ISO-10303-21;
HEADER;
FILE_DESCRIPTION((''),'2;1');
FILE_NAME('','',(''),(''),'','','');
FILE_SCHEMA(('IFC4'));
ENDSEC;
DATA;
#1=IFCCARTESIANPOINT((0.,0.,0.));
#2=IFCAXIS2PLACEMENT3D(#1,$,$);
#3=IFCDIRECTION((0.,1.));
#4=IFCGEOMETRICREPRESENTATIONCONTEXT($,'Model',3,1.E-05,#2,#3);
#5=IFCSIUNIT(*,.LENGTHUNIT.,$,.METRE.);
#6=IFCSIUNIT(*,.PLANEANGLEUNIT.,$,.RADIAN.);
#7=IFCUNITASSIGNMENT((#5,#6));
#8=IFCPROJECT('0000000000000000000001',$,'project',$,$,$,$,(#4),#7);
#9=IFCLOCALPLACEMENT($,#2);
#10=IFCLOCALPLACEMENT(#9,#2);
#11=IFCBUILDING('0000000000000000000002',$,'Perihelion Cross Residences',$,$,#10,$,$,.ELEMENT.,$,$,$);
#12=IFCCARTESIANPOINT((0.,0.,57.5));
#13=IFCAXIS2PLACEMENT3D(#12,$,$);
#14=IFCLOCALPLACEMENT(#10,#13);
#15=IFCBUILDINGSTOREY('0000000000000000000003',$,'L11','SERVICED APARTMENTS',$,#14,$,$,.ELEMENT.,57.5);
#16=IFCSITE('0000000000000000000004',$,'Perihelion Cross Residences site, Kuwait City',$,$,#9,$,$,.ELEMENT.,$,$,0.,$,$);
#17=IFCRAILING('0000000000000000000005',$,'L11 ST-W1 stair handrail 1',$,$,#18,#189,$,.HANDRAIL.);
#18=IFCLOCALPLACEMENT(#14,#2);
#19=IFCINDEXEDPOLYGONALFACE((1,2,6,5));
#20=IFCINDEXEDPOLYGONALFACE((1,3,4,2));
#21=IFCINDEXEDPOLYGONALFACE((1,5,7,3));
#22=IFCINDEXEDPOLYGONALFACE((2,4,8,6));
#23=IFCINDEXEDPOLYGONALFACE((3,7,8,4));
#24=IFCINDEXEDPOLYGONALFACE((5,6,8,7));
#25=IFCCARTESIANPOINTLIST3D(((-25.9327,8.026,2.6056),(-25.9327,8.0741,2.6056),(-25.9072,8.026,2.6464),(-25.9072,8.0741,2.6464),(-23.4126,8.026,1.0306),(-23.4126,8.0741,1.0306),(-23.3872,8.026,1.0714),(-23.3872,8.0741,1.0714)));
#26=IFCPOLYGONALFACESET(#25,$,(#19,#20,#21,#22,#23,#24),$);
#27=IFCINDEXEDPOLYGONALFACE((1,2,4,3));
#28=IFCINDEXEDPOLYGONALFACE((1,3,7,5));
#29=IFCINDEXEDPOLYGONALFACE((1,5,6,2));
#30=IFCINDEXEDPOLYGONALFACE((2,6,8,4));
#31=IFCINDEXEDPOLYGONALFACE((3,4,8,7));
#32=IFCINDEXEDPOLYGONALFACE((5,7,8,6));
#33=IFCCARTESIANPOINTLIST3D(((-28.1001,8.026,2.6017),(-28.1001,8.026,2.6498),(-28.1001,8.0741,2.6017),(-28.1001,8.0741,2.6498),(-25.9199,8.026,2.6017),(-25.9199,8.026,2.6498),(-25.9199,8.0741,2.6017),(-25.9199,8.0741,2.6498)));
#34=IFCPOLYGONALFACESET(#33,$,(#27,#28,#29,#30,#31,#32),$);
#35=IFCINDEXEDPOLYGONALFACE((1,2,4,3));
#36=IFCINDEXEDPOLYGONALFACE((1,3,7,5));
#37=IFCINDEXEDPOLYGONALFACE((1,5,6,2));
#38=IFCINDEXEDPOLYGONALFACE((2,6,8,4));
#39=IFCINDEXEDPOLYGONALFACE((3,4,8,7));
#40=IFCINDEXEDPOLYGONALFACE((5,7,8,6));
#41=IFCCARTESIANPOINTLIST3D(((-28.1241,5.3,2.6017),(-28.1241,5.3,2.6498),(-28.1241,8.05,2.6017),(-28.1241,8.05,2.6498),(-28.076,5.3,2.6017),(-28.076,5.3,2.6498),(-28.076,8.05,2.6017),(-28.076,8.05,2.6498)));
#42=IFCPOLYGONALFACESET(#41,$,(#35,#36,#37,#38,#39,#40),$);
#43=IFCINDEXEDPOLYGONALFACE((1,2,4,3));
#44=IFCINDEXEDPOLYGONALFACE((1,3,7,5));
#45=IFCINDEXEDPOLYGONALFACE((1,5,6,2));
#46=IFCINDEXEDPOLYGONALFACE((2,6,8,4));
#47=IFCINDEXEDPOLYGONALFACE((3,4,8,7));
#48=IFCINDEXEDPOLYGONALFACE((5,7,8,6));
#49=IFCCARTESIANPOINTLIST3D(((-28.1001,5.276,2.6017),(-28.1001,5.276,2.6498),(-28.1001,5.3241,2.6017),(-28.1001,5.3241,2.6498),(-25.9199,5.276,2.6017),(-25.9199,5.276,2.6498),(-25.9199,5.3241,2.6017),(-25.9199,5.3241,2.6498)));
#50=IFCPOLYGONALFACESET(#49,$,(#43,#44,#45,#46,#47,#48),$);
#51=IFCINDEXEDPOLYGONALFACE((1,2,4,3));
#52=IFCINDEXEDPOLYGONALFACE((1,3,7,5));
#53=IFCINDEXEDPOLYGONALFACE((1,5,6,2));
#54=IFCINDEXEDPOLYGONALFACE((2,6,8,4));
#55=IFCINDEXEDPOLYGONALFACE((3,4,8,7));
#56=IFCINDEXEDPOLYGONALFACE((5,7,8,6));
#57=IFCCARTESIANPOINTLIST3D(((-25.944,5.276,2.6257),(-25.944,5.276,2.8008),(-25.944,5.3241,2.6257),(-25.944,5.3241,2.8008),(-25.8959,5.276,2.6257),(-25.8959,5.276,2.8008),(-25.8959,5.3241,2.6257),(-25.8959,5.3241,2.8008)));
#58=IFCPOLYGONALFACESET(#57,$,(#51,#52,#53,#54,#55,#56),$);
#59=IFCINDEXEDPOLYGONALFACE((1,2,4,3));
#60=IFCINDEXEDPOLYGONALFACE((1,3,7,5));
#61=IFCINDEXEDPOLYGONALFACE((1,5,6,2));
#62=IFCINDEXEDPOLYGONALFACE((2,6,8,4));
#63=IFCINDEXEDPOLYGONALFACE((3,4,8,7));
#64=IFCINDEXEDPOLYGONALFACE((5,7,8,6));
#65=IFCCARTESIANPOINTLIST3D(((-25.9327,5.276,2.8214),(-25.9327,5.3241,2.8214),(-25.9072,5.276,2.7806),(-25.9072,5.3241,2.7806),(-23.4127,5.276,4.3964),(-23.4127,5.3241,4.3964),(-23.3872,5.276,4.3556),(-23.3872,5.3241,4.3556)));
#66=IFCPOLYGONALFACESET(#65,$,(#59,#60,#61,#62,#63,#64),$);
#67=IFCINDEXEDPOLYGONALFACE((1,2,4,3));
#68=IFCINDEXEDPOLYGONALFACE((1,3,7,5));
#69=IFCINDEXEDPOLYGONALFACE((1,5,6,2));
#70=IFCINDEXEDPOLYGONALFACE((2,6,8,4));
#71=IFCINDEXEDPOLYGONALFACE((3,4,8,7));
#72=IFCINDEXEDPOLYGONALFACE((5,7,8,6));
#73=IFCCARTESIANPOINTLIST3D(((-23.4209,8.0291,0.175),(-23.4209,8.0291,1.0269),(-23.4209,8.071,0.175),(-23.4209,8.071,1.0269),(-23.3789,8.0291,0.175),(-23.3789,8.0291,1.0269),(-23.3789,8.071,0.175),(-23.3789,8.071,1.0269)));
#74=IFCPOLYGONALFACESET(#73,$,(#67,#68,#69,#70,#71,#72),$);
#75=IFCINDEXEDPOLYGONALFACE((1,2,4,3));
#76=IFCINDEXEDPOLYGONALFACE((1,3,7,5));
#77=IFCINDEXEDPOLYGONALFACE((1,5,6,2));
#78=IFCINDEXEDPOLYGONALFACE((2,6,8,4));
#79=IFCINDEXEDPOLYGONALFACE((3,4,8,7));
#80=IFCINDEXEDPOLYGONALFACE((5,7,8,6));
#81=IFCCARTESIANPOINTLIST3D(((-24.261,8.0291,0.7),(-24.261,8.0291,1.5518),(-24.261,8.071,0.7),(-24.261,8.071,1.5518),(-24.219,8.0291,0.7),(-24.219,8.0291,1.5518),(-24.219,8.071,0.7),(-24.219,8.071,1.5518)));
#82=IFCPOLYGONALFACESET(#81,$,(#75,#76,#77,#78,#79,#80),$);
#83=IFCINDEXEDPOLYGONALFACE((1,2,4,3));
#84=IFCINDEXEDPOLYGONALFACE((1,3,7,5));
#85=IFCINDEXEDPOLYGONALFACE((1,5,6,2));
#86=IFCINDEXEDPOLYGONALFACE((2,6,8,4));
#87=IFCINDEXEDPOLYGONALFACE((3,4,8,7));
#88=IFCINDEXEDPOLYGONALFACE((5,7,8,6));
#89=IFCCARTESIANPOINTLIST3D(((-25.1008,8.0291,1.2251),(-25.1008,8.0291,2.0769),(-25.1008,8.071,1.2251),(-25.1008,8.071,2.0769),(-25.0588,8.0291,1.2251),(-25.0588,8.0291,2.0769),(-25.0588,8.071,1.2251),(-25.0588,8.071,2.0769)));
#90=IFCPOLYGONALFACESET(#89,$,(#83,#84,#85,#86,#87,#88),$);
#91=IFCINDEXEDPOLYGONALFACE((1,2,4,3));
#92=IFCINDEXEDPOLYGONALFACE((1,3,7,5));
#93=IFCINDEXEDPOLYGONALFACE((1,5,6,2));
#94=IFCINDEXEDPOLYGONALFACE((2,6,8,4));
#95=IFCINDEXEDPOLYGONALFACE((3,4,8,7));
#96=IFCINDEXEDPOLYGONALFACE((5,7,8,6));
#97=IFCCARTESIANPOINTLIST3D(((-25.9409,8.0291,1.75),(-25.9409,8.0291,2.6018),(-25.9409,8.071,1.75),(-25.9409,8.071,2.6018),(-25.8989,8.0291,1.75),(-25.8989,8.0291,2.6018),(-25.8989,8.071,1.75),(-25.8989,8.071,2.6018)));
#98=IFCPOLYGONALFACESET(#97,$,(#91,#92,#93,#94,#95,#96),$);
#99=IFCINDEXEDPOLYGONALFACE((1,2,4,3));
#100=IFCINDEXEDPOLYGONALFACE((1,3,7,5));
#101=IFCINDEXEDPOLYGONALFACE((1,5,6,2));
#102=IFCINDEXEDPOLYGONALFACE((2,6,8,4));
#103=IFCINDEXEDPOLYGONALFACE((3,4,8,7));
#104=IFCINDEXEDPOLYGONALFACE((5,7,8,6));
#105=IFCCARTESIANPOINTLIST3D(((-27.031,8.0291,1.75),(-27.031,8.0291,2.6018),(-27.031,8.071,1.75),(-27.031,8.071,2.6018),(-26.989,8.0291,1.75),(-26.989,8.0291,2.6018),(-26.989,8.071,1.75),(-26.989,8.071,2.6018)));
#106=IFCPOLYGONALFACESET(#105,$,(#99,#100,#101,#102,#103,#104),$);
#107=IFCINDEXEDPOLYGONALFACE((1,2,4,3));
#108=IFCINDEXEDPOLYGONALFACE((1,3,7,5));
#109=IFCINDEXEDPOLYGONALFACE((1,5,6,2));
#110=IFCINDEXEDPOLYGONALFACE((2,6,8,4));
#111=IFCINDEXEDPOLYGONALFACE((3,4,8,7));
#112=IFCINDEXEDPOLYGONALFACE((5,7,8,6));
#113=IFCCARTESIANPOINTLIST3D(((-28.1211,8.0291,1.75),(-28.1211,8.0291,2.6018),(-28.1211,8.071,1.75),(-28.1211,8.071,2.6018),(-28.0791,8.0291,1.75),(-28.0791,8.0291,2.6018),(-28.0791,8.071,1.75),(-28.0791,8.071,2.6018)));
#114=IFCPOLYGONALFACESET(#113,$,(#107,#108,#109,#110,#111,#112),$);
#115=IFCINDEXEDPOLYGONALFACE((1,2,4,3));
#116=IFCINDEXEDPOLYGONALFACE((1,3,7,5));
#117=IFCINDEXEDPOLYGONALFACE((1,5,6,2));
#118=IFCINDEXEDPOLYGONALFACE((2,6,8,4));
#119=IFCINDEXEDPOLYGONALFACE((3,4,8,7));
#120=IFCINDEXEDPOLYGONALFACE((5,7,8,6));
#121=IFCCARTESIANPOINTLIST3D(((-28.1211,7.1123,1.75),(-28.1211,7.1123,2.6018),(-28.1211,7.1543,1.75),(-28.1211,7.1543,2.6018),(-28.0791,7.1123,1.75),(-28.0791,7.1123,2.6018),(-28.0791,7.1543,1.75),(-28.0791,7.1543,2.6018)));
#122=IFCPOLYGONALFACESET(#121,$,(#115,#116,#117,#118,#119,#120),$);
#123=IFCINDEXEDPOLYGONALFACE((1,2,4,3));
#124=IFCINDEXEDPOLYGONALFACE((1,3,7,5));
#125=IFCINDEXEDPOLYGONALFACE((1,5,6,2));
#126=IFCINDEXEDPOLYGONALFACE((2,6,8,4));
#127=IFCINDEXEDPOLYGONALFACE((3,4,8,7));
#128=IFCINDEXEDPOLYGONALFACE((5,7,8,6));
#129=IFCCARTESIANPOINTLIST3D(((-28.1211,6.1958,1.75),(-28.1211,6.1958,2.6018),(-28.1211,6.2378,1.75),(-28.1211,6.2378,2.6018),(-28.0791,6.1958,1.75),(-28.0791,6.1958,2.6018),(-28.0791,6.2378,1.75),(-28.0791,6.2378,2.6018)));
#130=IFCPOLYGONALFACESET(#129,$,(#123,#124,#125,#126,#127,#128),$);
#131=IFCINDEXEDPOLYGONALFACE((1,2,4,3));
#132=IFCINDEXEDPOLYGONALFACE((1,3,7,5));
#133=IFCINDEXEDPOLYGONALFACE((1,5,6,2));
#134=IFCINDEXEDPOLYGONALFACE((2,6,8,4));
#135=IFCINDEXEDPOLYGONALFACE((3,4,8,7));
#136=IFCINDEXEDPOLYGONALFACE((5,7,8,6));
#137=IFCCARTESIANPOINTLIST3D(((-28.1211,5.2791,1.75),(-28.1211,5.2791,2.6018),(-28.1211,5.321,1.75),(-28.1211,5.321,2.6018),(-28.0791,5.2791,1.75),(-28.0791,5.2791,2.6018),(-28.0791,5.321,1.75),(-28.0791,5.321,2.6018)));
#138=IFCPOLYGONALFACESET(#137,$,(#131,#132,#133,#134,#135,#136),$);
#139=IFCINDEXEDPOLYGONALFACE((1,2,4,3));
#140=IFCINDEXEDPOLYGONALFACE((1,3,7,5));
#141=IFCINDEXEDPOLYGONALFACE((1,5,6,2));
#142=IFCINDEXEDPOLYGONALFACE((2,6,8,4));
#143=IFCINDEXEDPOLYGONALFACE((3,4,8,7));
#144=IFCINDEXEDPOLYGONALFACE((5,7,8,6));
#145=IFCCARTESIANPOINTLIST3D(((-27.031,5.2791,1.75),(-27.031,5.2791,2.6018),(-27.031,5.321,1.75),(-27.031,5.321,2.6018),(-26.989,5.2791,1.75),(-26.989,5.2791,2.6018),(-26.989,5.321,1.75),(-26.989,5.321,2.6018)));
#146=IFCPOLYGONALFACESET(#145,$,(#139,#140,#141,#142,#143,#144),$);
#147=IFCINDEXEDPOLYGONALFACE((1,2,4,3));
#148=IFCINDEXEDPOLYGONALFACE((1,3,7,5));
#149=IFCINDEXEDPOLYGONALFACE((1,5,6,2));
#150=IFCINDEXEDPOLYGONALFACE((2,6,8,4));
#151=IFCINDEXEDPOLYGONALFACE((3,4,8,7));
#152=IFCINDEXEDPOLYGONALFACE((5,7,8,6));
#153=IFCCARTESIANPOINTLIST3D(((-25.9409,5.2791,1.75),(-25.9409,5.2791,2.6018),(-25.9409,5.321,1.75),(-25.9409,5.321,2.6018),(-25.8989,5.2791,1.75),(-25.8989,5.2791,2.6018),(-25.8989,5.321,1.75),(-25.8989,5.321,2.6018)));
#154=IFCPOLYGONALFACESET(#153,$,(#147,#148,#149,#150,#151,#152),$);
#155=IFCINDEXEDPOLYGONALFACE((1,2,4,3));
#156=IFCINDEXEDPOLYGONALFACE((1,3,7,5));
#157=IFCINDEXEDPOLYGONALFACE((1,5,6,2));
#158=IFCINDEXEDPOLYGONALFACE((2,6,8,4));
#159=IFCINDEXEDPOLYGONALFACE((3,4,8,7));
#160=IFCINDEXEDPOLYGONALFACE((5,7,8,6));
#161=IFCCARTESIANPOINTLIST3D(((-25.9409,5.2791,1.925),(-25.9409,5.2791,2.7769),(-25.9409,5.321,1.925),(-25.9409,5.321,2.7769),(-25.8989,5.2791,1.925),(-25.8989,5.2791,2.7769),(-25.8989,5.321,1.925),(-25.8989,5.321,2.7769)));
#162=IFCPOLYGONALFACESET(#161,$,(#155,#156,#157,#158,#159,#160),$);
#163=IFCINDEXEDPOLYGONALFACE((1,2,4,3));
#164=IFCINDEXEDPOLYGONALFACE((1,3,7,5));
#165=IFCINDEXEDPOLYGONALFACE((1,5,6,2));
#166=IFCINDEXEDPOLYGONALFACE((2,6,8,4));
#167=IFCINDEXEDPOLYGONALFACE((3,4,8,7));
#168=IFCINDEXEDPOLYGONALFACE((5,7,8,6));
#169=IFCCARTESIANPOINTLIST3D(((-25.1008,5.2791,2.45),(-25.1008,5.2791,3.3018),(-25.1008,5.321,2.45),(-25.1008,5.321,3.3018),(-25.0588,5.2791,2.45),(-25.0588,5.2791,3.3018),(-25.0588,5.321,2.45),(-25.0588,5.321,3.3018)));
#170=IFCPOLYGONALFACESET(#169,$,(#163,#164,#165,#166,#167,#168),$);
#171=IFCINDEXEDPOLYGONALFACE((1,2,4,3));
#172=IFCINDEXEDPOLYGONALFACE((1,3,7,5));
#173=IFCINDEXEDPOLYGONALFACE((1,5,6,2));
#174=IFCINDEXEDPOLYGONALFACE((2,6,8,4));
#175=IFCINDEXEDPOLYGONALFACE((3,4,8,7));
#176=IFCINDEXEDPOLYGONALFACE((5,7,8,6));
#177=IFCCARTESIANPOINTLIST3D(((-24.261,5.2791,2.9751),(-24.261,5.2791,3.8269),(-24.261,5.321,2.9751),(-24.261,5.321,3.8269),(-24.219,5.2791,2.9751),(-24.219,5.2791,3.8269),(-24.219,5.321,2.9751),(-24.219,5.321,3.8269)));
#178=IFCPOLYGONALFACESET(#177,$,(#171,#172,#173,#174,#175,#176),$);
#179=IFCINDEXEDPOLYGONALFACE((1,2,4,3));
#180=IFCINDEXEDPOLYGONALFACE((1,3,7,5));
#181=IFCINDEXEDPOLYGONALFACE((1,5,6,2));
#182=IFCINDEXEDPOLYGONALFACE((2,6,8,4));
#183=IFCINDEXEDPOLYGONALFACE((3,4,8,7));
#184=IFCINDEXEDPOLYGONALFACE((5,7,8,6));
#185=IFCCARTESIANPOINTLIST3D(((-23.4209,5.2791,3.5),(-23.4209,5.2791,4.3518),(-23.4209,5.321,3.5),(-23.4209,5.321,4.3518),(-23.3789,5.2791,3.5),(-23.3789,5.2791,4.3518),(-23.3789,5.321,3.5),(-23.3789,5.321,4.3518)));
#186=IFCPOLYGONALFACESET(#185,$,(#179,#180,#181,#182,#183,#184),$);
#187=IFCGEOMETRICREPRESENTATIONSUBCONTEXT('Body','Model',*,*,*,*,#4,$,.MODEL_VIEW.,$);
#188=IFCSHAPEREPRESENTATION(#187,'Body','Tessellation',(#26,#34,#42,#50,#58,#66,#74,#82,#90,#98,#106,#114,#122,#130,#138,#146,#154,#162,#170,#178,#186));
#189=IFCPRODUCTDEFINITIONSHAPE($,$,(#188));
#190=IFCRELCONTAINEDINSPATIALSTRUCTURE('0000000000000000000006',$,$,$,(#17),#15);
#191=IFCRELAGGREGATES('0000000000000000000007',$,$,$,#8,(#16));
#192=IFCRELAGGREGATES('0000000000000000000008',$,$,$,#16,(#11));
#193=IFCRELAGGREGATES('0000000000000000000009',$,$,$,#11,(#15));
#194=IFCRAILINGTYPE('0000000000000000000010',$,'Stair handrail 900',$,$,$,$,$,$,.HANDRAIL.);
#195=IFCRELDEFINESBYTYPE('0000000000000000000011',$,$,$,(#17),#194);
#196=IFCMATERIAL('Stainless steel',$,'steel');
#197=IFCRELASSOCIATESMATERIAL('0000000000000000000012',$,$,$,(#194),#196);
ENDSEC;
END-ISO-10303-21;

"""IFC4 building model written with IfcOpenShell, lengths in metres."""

from ifc_helpers import new_model, si_unit, direction, frame, origin, origin_2d, place, context, subcontext, project, spatial, rectangle, extrude, material, type_object, element, save


model = new_model("IFC4")

# Units and contexts
model_context = context("Model", 3, precision=1e-05, world=origin(), true_north=direction((0.0, 1.0)))
body_context = subcontext(model_context, "Body", "Model", "MODEL_VIEW")
ifc_project = project(units=[si_unit("LENGTHUNIT", "METRE"), si_unit("PLANEANGLEUNIT", "RADIAN")], contexts=[model_context])

# Site, building, storey
site_placement = place(None, origin())
site = spatial("IfcSite", under=ifc_project, at=site_placement, Name="Perihelion Cross Residences site, Kuwait City", CompositionType="ELEMENT", RefElevation=0.0)
building_placement = place(site_placement, origin())
building = spatial("IfcBuilding", under=site, at=building_placement, Name="Perihelion Cross Residences", CompositionType="ELEMENT")
storey_placement = place(building_placement, frame((0.0, 0.0, 57.5)))
storey = spatial("IfcBuildingStorey", under=building, at=storey_placement, Name="L11", Description="SERVICED APARTMENTS", CompositionType="ELEMENT", Elevation=57.5)

# Railing
ifc_material_1 = material(Name="Stainless steel", Category="steel")
railing_type_1 = type_object("IfcRailingType", Name="Stair handrail 900", PredefinedType="HANDRAIL", material=ifc_material_1)
railing_1_placement = place(storey_placement, frame((-23.3999, 8.05, 0.175)))
element("IfcRailing", 1, at=railing_1_placement, inside=storey, type_object=railing_type_1, Name="L11 ST-W1 stair handrail 1", PredefinedType="HANDRAIL", context=body_context, shape_type="SweptSolid", body=[
    extrude(rectangle(XDim=0.0481, YDim=0.0481, at=origin_2d()), frame((0.0, 0.0, 0.876), z_axis=(-0.848008, 0.0, 0.529984), x_axis=(0.0, -1.0, 0.0)), (0.0, 0.0, 1.0), 2.9717),
    extrude(rectangle(XDim=0.0481, YDim=0.0481, at=origin_2d()), frame((-2.52, 0.0, 2.4507), z_axis=(-1.0, 0.0, 0.0), x_axis=(0.0, -1.0, 0.0)), (0.0, 0.0, 1.0), 2.1802),
    extrude(rectangle(XDim=0.0481, YDim=0.0481, at=origin_2d()), frame((-4.7002, 0.0, 2.4507), z_axis=(0.0, -1.0, 0.0), x_axis=(1.0, 0.0, 0.0)), (0.0, 0.0, 1.0), 2.75),
    extrude(rectangle(XDim=0.0481, YDim=0.0481, at=origin_2d()), frame((-4.7002, -2.75, 2.4507), z_axis=(1.0, 0.0, 0.0), x_axis=(0.0, 1.0, 0.0)), (0.0, 0.0, 1.0), 2.1802),
    extrude(rectangle(XDim=0.0481, YDim=0.0481, at=origin_2d()), frame((-2.52, -2.75, 2.4507), z_axis=(0.0, 0.0, 1.0), x_axis=(1.0, 0.0, 0.0)), (0.0, 0.0, 1.0), 0.175),
    extrude(rectangle(XDim=0.0481, YDim=0.0481, at=origin_2d()), frame((-2.52, -2.75, 2.626), z_axis=(0.848008, 0.0, 0.529984), x_axis=(0.0, 1.0, 0.0)), (0.0, 0.0, 1.0), 2.9717),
    extrude(rectangle(XDim=0.042, YDim=0.042, at=origin_2d()), origin(), (0.0, 0.0, 1.0), 0.8518),
    extrude(rectangle(XDim=0.042, YDim=0.042, at=origin_2d()), frame((-0.8401, 0.0, 0.5249)), (0.0, 0.0, 1.0), 0.8518),
    extrude(rectangle(XDim=0.042, YDim=0.042, at=origin_2d()), frame((-1.6799, 0.0, 1.05)), (0.0, 0.0, 1.0), 0.8518),
    extrude(rectangle(XDim=0.042, YDim=0.042, at=origin_2d()), frame((-2.52, 0.0, 1.575)), (0.0, 0.0, 1.0), 0.8518),
    extrude(rectangle(XDim=0.042, YDim=0.042, at=origin_2d()), frame((-3.6101, 0.0, 1.575)), (0.0, 0.0, 1.0), 0.8518),
    extrude(rectangle(XDim=0.042, YDim=0.042, at=origin_2d()), frame((-4.7002, 0.0, 1.575)), (0.0, 0.0, 1.0), 0.8518),
    extrude(rectangle(XDim=0.042, YDim=0.042, at=origin_2d()), frame((-4.7002, -0.9167, 1.575)), (0.0, 0.0, 1.0), 0.8518),
    extrude(rectangle(XDim=0.042, YDim=0.042, at=origin_2d()), frame((-4.7002, -1.8333, 1.575)), (0.0, 0.0, 1.0), 0.8518),
    extrude(rectangle(XDim=0.042, YDim=0.042, at=origin_2d()), frame((-4.7002, -2.75, 1.575)), (0.0, 0.0, 1.0), 0.8518),
    extrude(rectangle(XDim=0.042, YDim=0.042, at=origin_2d()), frame((-3.6101, -2.75, 1.575)), (0.0, 0.0, 1.0), 0.8518),
    extrude(rectangle(XDim=0.042, YDim=0.042, at=origin_2d()), frame((-2.52, -2.75, 1.575)), (0.0, 0.0, 1.0), 0.8518),
    extrude(rectangle(XDim=0.042, YDim=0.042, at=origin_2d()), frame((-2.52, -2.75, 1.75)), (0.0, 0.0, 1.0), 0.8518),
    extrude(rectangle(XDim=0.042, YDim=0.042, at=origin_2d()), frame((-1.6799, -2.75, 2.2749)), (0.0, 0.0, 1.0), 0.8518),
    extrude(rectangle(XDim=0.042, YDim=0.042, at=origin_2d()), frame((-0.8401, -2.75, 2.8)), (0.0, 0.0, 1.0), 0.8518),
    extrude(rectangle(XDim=0.042, YDim=0.042, at=origin_2d()), frame((0.0, -2.75, 3.325)), (0.0, 0.0, 1.0), 0.8518),
])

save(model, "model.ifc")
